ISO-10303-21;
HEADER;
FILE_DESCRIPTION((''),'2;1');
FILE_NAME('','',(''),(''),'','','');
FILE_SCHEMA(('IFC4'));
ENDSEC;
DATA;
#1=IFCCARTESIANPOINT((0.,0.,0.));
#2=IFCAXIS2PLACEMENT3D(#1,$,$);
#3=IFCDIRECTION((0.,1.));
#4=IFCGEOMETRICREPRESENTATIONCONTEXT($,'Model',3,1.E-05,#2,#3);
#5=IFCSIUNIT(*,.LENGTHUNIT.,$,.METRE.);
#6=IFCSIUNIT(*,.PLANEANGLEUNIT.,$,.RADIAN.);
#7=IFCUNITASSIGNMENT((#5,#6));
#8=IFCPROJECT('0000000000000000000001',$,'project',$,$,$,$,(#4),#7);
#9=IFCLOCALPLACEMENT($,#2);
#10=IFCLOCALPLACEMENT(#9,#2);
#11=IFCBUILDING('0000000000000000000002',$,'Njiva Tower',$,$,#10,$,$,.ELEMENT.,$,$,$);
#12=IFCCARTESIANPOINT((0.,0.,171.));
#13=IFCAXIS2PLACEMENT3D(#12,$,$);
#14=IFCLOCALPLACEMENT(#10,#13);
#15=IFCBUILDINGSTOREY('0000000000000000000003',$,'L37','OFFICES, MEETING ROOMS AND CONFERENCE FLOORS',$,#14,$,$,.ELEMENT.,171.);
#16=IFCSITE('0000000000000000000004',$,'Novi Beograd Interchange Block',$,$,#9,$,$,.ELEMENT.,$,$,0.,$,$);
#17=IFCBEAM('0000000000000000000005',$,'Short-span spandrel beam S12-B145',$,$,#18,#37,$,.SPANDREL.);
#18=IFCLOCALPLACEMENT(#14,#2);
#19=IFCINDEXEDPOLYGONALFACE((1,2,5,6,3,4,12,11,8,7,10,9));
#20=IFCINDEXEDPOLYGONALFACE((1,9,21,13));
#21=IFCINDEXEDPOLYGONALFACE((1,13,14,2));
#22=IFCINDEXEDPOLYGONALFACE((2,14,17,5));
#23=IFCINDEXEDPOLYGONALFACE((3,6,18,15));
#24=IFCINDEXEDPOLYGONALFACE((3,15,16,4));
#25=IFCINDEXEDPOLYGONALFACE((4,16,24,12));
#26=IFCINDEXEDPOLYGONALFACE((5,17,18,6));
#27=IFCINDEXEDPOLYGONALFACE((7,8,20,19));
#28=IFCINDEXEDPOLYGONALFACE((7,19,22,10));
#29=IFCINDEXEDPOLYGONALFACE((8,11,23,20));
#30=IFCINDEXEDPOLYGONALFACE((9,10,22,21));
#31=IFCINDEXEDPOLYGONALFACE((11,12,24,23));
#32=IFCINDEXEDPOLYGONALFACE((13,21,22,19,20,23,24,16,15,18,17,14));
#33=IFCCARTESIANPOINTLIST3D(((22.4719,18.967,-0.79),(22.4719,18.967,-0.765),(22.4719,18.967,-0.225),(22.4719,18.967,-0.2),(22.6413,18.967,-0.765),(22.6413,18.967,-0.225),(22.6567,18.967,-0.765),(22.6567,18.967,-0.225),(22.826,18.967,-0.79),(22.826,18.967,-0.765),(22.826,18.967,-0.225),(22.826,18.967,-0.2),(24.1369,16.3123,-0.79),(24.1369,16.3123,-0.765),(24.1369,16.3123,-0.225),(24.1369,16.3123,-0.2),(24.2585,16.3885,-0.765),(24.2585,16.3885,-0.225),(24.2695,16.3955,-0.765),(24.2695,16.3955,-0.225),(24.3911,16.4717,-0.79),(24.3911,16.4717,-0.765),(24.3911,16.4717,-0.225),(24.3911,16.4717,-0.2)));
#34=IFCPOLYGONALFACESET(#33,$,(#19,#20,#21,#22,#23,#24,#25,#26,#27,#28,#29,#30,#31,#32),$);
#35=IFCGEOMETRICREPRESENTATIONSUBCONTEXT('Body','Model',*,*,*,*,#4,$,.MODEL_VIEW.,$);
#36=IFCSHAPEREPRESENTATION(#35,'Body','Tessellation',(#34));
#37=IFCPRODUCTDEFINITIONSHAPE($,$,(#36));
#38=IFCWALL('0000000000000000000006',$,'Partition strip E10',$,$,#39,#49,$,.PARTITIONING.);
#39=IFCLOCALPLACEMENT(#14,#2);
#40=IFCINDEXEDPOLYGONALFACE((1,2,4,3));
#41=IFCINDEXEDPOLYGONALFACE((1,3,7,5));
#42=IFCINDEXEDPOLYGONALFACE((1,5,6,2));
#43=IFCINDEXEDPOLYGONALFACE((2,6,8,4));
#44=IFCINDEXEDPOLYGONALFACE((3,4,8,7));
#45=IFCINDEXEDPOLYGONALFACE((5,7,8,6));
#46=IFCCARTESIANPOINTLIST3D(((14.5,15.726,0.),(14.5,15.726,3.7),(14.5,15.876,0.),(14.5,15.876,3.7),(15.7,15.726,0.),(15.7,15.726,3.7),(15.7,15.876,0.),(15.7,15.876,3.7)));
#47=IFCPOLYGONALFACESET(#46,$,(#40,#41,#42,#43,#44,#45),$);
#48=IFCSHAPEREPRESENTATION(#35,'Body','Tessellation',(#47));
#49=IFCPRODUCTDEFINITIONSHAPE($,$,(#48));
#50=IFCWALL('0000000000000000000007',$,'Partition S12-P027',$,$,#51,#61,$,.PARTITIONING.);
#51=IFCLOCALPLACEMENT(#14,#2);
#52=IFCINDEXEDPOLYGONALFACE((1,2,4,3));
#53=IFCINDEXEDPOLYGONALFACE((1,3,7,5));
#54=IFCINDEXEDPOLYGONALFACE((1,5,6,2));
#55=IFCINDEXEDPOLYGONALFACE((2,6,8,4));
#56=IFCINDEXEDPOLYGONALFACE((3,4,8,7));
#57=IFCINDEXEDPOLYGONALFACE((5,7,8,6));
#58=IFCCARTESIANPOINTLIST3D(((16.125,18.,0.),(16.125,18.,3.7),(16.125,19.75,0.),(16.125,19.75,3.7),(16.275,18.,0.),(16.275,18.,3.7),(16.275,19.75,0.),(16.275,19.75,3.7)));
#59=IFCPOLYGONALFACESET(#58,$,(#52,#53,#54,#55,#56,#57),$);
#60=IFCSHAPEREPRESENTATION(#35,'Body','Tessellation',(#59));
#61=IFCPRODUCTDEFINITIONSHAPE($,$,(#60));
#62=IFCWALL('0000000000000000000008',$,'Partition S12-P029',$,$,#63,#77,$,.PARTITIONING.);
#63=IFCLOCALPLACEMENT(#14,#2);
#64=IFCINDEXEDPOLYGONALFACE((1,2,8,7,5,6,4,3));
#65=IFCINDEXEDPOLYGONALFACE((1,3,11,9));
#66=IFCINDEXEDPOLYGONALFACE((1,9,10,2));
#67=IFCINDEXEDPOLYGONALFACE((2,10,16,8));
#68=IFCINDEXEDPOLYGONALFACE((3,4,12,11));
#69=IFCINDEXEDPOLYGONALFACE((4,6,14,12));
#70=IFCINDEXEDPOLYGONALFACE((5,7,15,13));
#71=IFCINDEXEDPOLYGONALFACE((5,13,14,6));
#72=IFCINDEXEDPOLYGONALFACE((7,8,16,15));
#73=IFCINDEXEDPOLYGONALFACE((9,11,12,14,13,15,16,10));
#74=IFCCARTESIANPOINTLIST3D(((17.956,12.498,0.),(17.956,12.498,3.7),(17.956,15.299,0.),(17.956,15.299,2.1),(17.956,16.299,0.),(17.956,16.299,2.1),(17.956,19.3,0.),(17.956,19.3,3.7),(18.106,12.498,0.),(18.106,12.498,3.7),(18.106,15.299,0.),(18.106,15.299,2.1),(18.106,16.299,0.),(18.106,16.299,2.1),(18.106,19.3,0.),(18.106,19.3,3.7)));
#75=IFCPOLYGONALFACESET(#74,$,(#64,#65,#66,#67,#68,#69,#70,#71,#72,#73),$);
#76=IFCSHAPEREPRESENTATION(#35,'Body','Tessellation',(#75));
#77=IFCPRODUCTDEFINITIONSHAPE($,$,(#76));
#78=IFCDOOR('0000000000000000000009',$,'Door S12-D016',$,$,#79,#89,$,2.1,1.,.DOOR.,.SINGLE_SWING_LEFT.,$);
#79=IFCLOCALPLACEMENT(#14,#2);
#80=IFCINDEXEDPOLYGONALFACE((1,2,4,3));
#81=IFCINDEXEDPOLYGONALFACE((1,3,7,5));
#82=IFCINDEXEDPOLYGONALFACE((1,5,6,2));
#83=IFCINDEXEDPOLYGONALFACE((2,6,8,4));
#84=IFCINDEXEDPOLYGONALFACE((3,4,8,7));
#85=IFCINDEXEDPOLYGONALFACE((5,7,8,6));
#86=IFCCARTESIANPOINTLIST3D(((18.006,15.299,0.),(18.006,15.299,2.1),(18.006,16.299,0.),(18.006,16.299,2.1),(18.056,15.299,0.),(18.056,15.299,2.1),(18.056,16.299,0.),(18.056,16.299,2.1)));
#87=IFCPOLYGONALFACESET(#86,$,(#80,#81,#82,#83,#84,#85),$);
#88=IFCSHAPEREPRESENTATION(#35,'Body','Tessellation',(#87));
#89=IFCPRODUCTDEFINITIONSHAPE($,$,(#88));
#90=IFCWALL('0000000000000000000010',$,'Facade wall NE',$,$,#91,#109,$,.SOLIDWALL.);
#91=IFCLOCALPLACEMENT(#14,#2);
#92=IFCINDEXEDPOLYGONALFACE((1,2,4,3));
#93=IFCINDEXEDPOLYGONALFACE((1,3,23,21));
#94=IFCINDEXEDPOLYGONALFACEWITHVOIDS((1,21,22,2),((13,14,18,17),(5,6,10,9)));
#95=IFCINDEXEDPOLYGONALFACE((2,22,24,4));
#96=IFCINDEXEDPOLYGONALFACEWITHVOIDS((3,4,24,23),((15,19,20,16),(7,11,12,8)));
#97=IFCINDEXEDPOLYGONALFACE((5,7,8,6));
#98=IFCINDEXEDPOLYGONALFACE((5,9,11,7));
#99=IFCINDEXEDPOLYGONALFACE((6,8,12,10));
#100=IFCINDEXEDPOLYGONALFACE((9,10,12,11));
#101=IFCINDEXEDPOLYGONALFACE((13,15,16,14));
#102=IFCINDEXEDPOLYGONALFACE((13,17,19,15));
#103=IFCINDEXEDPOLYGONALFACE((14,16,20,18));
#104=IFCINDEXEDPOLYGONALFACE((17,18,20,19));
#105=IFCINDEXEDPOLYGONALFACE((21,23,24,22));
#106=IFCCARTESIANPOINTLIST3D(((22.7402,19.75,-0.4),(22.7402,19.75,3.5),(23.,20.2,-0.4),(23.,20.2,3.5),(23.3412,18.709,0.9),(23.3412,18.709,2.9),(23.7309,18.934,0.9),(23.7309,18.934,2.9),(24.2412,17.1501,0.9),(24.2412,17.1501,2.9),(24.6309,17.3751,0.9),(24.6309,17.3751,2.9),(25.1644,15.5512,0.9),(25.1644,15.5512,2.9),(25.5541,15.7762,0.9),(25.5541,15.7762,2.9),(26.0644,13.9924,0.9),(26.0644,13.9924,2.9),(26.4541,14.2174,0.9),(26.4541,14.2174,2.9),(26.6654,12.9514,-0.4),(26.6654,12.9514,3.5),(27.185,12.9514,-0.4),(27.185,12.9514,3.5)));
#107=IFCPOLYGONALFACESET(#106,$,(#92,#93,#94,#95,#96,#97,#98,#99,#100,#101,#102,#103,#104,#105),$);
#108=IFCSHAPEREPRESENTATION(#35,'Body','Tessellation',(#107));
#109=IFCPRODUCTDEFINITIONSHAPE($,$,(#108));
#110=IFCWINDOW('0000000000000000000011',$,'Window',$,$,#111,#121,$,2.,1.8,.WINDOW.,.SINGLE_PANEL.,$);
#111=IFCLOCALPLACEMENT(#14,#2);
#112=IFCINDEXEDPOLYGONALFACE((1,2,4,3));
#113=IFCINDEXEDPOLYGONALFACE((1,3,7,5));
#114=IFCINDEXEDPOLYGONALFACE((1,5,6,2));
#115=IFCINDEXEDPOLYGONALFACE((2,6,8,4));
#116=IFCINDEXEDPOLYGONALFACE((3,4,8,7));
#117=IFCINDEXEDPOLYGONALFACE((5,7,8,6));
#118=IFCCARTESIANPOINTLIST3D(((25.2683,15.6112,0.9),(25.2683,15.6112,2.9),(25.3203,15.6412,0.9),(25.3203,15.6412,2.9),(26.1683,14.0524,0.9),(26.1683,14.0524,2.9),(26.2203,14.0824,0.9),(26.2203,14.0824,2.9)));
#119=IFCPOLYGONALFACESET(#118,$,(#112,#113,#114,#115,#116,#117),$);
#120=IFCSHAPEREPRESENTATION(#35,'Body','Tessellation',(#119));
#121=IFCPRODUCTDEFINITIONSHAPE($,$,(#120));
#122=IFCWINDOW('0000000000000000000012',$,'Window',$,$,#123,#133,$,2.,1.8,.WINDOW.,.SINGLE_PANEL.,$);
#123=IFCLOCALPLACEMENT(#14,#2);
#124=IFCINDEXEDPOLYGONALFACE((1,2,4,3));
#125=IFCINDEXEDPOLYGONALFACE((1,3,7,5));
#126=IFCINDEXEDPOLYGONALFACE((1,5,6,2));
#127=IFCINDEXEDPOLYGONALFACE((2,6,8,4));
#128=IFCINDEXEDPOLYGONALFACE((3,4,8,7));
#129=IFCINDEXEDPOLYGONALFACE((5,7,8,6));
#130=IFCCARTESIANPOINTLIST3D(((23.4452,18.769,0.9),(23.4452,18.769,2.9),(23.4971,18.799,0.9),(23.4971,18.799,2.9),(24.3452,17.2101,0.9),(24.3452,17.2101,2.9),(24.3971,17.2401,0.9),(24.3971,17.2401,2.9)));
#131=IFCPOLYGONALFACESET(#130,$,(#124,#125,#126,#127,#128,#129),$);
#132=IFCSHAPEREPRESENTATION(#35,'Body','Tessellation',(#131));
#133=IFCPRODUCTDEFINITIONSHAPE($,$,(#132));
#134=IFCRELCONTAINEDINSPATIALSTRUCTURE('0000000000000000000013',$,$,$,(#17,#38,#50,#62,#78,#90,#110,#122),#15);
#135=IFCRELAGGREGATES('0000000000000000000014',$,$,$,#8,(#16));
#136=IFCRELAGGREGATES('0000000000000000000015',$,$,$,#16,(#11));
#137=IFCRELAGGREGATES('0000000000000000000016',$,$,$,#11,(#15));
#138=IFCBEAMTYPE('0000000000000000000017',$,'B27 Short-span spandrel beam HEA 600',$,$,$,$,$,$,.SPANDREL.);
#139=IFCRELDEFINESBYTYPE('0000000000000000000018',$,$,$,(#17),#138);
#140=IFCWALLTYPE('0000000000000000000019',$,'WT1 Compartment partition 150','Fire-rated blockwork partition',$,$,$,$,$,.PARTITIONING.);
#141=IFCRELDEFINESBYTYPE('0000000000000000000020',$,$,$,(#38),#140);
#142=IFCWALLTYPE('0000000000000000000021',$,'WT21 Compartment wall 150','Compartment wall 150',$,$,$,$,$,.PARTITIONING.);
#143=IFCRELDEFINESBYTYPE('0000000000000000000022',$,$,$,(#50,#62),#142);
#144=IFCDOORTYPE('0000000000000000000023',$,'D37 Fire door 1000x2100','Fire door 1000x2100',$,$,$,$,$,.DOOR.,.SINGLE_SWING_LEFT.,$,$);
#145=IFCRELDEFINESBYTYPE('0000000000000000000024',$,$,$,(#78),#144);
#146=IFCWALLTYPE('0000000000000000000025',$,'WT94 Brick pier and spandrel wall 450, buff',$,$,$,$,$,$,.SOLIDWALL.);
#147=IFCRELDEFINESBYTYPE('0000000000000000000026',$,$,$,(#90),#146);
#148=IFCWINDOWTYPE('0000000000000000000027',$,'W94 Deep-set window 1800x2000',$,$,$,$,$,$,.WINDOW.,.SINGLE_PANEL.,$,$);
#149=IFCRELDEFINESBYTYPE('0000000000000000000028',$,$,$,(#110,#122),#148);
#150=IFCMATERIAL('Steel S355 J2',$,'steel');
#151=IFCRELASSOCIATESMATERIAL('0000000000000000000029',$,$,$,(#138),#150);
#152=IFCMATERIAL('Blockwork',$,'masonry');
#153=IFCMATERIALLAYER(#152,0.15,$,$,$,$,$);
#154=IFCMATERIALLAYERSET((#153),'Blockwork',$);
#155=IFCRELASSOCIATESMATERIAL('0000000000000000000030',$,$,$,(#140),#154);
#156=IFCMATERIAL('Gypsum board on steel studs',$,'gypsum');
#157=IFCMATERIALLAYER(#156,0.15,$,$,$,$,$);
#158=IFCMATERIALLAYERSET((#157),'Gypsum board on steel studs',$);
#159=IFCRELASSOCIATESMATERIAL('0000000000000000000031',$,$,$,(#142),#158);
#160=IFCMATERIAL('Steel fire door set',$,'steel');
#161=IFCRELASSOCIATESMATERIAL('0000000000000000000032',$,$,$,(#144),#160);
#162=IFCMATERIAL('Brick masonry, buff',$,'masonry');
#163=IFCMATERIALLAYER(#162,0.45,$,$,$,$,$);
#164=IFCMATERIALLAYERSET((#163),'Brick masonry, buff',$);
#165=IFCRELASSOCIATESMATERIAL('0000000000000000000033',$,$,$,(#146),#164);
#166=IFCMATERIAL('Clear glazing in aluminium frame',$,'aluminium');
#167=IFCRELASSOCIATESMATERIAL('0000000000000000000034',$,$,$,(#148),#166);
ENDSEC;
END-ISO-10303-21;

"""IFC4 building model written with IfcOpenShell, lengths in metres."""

from ifc_helpers import new_model, si_unit, direction, frame, frame_2d, origin, origin_2d, place, context, subcontext, project, spatial, polyline, rectangle, i_section, outline, extrude, clip, halfspace, material, layer, layer_set, material_profile, profile_set, type_object, element, fill, save


model = new_model("IFC4")

# Units and contexts
model_context = context("Model", 3, precision=1e-05, world=origin(), true_north=direction((0.0, 1.0)))
body_context = subcontext(model_context, "Body", "Model", "MODEL_VIEW")
ifc_project = project(units=[si_unit("LENGTHUNIT", "METRE"), si_unit("PLANEANGLEUNIT", "RADIAN")], contexts=[model_context])

# Site, building, storey
site_placement = place(None, origin())
site = spatial("IfcSite", under=ifc_project, at=site_placement, Name="Novi Beograd Interchange Block", CompositionType="ELEMENT", RefElevation=0.0)
building_placement = place(site_placement, origin())
building = spatial("IfcBuilding", under=site, at=building_placement, Name="Njiva Tower", CompositionType="ELEMENT")
storey_placement = place(building_placement, frame((0.0, 0.0, 171.0)))
storey = spatial("IfcBuildingStorey", under=building, at=storey_placement, Name="L37", Description="OFFICES, MEETING ROOMS AND CONFERENCE FLOORS", CompositionType="ELEMENT", Elevation=171.0)

# Shared definitions
ifc_material_1 = material(Name="Steel S355 J2", Category="steel")

# Beam
ifc_material_profile_1 = material_profile(ifc_material_1, i_section(OverallWidth=0.3, OverallDepth=0.59, WebThickness=0.013, FlangeThickness=0.025, at=origin_2d()), Name="HEA 600")
ifc_profile_set_1 = profile_set([ifc_material_profile_1], Name="Steel S355 J2")
beam_type_1 = type_object("IfcBeamType", Name="B27 Short-span spandrel beam HEA 600", PredefinedType="SPANDREL", material=ifc_profile_set_1)
beam_1_placement = place(storey_placement, frame((24.264, 16.392, -0.495), z_axis=(-0.531329, 0.847166, 0.0), x_axis=(-0.847166, -0.531329, 0.0)))
element("IfcBeam", 1, at=beam_1_placement, inside=storey, type_object=beam_type_1, Name="Short-span spandrel beam S12-B145", PredefinedType="SPANDREL", context=body_context, shape_type="Clipping", body=[
    clip(extrude(i_section(OverallWidth=0.3, OverallDepth=0.59, WebThickness=0.013, FlangeThickness=0.025, at=origin_2d()), origin(), (0.0, 0.0, 1.0), 3.1535), halfspace(frame((-0.0269, 0.0, 3.0227), z_axis=(-0.531329, 0.0, 0.847166), x_axis=(0.0, 1.0, 0.0)), False)),
])

# Walls
ifc_material_2 = material(Name="Blockwork", Category="masonry")
ifc_layer_1 = layer(ifc_material_2, 0.15)
ifc_layer_set_1 = layer_set([ifc_layer_1], Name="Blockwork")
wall_type_1 = type_object("IfcWallType", Name="WT1 Compartment partition 150", Description="Fire-rated blockwork partition", PredefinedType="PARTITIONING", material=ifc_layer_set_1)
wall_1_placement = place(storey_placement, frame((14.5, 15.801, 0.0), z_axis=(0.0, 0.0, 1.0), x_axis=(1.0, 0.0, 0.0)))
element("IfcWall", 2, at=wall_1_placement, inside=storey, type_object=wall_type_1, Name="Partition strip E10", PredefinedType="PARTITIONING", context=body_context, shape_type="SweptSolid", body=[
    extrude(rectangle(XDim=1.2, YDim=0.15, at=frame_2d((0.6, 0.0))), origin(), (0.0, 0.0, 1.0), 3.7),
])
ifc_material_3 = material(Name="Gypsum board on steel studs", Category="gypsum")
ifc_layer_2 = layer(ifc_material_3, 0.15)
ifc_layer_set_2 = layer_set([ifc_layer_2], Name="Gypsum board on steel studs")
wall_type_2 = type_object("IfcWallType", Name="WT21 Compartment wall 150", Description="Compartment wall 150", PredefinedType="PARTITIONING", material=ifc_layer_set_2)
wall_2_placement = place(storey_placement, frame((16.2, 18.0, 0.0), z_axis=(0.0, 0.0, 1.0), x_axis=(0.0, 1.0, 0.0)))
element("IfcWall", 3, at=wall_2_placement, inside=storey, type_object=wall_type_2, Name="Partition S12-P027", PredefinedType="PARTITIONING", context=body_context, shape_type="SweptSolid", body=[
    extrude(rectangle(XDim=1.75, YDim=0.15, at=frame_2d((0.875, 0.0))), origin(), (0.0, 0.0, 1.0), 3.7),
])

# Wall, opening, door
wall_3_placement = place(storey_placement, frame((18.031, 12.498, 0.0), z_axis=(0.0, 0.0, 1.0), x_axis=(0.0, 1.0, 0.0)))
wall_3 = element("IfcWall", 4, at=wall_3_placement, inside=storey, type_object=wall_type_2, Name="Partition S12-P029", PredefinedType="PARTITIONING", context=body_context, shape_type="SweptSolid", body=[
    extrude(rectangle(XDim=6.802, YDim=0.15, at=frame_2d((3.401, 0.0))), origin(), (0.0, 0.0, 1.0), 3.7),
])
opening_1_placement = place(wall_3_placement, frame((2.801, 0.0, 0.0)))
opening_1 = element("IfcOpeningElement", 5, at=opening_1_placement, cuts=wall_3, PredefinedType="OPENING", context=body_context, shape_type="SweptSolid", body=[
    extrude(rectangle(XDim=1.0, YDim=2.1, at=frame_2d((0.5, 1.05))), frame((0.0, 0.085, 0.0), z_axis=(0.0, -1.0, 0.0), x_axis=(1.0, 0.0, 0.0)), (0.0, 0.0, 1.0), 0.17),
])
ifc_material_4 = material(Name="Steel fire door set", Category="steel")
door_type = type_object("IfcDoorType", Name="D37 Fire door 1000x2100", Description="Fire door 1000x2100", OperationType="SINGLE_SWING_LEFT", PredefinedType="DOOR", material=ifc_material_4)
door_placement = place(opening_1_placement, origin())
door = element("IfcDoor", 6, at=door_placement, inside=storey, type_object=door_type, Name="Door S12-D016", OperationType="SINGLE_SWING_LEFT", OverallHeight=2.1, OverallWidth=1.0, PredefinedType="DOOR", context=body_context, shape_type="SweptSolid", body=[
    extrude(rectangle(XDim=1.0, YDim=2.1, at=frame_2d((0.5, 1.05))), frame((0.0, 0.025, 0.0), z_axis=(0.0, -1.0, 0.0), x_axis=(1.0, 0.0, 0.0)), (0.0, 0.0, 1.0), 0.05),
])
fill(opening_1, door)

# Wall, openings, windows
ifc_material_5 = material(Name="Clear glazing in aluminium frame", Category="aluminium")
ifc_material_6 = material(Name="Brick masonry, buff", Category="masonry")
ifc_layer_3 = layer(ifc_material_6, 0.45)
ifc_layer_set_3 = layer_set([ifc_layer_3], Name="Brick masonry, buff")
wall_type_3 = type_object("IfcWallType", Name="WT94 Brick pier and spandrel wall 450, buff", PredefinedType="SOLIDWALL", material=ifc_layer_set_3)
wall_4_placement = place(storey_placement, frame((26.9252, 12.9514, -0.4), z_axis=(0.0, 0.0, 1.0), x_axis=(-0.500002, 0.866024, 0.0)))
wall_4 = element("IfcWall", 7, at=wall_4_placement, inside=storey, type_object=wall_type_3, Name="Facade wall NE", PredefinedType="SOLIDWALL", context=body_context, shape_type="SweptSolid", body=[
    extrude(outline(polyline([(-0.1299, -0.225), (8.2401, -0.225), (7.9803, 0.225), (0.1299, 0.225), (-0.1299, -0.225)])), origin(), (0.0, 0.0, 1.0), 3.9),
])
opening_2_placement = place(wall_4_placement, frame((1.3319, 0.0, 1.3)))
opening_2 = element("IfcOpeningElement", 8, at=opening_2_placement, cuts=wall_4, PredefinedType="OPENING", context=body_context, shape_type="SweptSolid", body=[
    extrude(rectangle(XDim=1.8, YDim=2.0, at=frame_2d((0.9, 1.0))), frame((0.0, 0.235, 0.0), z_axis=(0.0, -1.0, 0.0), x_axis=(1.0, 0.0, 0.0)), (0.0, 0.0, 1.0), 0.47),
])
opening_3_placement = place(wall_4_placement, frame((4.9782, 0.0, 1.3)))
opening_3 = element("IfcOpeningElement", 9, at=opening_3_placement, cuts=wall_4, PredefinedType="OPENING", context=body_context, shape_type="SweptSolid", body=[
    extrude(rectangle(XDim=1.8, YDim=2.0, at=frame_2d((0.9, 1.0))), frame((0.0, 0.235, 0.0), z_axis=(0.0, -1.0, 0.0), x_axis=(1.0, 0.0, 0.0)), (0.0, 0.0, 1.0), 0.47),
])
window_type_1 = type_object("IfcWindowType", Name="W94 Deep-set window 1800x2000", PartitioningType="SINGLE_PANEL", PredefinedType="WINDOW", material=ifc_material_5)
window_1_placement = place(opening_2_placement, origin())
window_1 = element("IfcWindow", 10, at=window_1_placement, inside=storey, type_object=window_type_1, Name="Window", OverallHeight=2.0, OverallWidth=1.8, PartitioningType="SINGLE_PANEL", PredefinedType="WINDOW", context=body_context, shape_type="SweptSolid", body=[
    extrude(rectangle(XDim=1.8, YDim=2.0, at=frame_2d((0.9, 1.0))), frame((0.0, 0.105, 0.0), z_axis=(0.0, -1.0, 0.0), x_axis=(1.0, 0.0, 0.0)), (0.0, 0.0, 1.0), 0.06),
])
fill(opening_2, window_1)
window_2_placement = place(opening_3_placement, origin())
window_2 = element("IfcWindow", 11, at=window_2_placement, inside=storey, type_object=window_type_1, Name="Window", OverallHeight=2.0, OverallWidth=1.8, PartitioningType="SINGLE_PANEL", PredefinedType="WINDOW", context=body_context, shape_type="SweptSolid", body=[
    extrude(rectangle(XDim=1.8, YDim=2.0, at=frame_2d((0.9, 1.0))), frame((0.0, 0.105, 0.0), z_axis=(0.0, -1.0, 0.0), x_axis=(1.0, 0.0, 0.0)), (0.0, 0.0, 1.0), 0.06),
])
fill(opening_3, window_2)

save(model, "model.ifc")
